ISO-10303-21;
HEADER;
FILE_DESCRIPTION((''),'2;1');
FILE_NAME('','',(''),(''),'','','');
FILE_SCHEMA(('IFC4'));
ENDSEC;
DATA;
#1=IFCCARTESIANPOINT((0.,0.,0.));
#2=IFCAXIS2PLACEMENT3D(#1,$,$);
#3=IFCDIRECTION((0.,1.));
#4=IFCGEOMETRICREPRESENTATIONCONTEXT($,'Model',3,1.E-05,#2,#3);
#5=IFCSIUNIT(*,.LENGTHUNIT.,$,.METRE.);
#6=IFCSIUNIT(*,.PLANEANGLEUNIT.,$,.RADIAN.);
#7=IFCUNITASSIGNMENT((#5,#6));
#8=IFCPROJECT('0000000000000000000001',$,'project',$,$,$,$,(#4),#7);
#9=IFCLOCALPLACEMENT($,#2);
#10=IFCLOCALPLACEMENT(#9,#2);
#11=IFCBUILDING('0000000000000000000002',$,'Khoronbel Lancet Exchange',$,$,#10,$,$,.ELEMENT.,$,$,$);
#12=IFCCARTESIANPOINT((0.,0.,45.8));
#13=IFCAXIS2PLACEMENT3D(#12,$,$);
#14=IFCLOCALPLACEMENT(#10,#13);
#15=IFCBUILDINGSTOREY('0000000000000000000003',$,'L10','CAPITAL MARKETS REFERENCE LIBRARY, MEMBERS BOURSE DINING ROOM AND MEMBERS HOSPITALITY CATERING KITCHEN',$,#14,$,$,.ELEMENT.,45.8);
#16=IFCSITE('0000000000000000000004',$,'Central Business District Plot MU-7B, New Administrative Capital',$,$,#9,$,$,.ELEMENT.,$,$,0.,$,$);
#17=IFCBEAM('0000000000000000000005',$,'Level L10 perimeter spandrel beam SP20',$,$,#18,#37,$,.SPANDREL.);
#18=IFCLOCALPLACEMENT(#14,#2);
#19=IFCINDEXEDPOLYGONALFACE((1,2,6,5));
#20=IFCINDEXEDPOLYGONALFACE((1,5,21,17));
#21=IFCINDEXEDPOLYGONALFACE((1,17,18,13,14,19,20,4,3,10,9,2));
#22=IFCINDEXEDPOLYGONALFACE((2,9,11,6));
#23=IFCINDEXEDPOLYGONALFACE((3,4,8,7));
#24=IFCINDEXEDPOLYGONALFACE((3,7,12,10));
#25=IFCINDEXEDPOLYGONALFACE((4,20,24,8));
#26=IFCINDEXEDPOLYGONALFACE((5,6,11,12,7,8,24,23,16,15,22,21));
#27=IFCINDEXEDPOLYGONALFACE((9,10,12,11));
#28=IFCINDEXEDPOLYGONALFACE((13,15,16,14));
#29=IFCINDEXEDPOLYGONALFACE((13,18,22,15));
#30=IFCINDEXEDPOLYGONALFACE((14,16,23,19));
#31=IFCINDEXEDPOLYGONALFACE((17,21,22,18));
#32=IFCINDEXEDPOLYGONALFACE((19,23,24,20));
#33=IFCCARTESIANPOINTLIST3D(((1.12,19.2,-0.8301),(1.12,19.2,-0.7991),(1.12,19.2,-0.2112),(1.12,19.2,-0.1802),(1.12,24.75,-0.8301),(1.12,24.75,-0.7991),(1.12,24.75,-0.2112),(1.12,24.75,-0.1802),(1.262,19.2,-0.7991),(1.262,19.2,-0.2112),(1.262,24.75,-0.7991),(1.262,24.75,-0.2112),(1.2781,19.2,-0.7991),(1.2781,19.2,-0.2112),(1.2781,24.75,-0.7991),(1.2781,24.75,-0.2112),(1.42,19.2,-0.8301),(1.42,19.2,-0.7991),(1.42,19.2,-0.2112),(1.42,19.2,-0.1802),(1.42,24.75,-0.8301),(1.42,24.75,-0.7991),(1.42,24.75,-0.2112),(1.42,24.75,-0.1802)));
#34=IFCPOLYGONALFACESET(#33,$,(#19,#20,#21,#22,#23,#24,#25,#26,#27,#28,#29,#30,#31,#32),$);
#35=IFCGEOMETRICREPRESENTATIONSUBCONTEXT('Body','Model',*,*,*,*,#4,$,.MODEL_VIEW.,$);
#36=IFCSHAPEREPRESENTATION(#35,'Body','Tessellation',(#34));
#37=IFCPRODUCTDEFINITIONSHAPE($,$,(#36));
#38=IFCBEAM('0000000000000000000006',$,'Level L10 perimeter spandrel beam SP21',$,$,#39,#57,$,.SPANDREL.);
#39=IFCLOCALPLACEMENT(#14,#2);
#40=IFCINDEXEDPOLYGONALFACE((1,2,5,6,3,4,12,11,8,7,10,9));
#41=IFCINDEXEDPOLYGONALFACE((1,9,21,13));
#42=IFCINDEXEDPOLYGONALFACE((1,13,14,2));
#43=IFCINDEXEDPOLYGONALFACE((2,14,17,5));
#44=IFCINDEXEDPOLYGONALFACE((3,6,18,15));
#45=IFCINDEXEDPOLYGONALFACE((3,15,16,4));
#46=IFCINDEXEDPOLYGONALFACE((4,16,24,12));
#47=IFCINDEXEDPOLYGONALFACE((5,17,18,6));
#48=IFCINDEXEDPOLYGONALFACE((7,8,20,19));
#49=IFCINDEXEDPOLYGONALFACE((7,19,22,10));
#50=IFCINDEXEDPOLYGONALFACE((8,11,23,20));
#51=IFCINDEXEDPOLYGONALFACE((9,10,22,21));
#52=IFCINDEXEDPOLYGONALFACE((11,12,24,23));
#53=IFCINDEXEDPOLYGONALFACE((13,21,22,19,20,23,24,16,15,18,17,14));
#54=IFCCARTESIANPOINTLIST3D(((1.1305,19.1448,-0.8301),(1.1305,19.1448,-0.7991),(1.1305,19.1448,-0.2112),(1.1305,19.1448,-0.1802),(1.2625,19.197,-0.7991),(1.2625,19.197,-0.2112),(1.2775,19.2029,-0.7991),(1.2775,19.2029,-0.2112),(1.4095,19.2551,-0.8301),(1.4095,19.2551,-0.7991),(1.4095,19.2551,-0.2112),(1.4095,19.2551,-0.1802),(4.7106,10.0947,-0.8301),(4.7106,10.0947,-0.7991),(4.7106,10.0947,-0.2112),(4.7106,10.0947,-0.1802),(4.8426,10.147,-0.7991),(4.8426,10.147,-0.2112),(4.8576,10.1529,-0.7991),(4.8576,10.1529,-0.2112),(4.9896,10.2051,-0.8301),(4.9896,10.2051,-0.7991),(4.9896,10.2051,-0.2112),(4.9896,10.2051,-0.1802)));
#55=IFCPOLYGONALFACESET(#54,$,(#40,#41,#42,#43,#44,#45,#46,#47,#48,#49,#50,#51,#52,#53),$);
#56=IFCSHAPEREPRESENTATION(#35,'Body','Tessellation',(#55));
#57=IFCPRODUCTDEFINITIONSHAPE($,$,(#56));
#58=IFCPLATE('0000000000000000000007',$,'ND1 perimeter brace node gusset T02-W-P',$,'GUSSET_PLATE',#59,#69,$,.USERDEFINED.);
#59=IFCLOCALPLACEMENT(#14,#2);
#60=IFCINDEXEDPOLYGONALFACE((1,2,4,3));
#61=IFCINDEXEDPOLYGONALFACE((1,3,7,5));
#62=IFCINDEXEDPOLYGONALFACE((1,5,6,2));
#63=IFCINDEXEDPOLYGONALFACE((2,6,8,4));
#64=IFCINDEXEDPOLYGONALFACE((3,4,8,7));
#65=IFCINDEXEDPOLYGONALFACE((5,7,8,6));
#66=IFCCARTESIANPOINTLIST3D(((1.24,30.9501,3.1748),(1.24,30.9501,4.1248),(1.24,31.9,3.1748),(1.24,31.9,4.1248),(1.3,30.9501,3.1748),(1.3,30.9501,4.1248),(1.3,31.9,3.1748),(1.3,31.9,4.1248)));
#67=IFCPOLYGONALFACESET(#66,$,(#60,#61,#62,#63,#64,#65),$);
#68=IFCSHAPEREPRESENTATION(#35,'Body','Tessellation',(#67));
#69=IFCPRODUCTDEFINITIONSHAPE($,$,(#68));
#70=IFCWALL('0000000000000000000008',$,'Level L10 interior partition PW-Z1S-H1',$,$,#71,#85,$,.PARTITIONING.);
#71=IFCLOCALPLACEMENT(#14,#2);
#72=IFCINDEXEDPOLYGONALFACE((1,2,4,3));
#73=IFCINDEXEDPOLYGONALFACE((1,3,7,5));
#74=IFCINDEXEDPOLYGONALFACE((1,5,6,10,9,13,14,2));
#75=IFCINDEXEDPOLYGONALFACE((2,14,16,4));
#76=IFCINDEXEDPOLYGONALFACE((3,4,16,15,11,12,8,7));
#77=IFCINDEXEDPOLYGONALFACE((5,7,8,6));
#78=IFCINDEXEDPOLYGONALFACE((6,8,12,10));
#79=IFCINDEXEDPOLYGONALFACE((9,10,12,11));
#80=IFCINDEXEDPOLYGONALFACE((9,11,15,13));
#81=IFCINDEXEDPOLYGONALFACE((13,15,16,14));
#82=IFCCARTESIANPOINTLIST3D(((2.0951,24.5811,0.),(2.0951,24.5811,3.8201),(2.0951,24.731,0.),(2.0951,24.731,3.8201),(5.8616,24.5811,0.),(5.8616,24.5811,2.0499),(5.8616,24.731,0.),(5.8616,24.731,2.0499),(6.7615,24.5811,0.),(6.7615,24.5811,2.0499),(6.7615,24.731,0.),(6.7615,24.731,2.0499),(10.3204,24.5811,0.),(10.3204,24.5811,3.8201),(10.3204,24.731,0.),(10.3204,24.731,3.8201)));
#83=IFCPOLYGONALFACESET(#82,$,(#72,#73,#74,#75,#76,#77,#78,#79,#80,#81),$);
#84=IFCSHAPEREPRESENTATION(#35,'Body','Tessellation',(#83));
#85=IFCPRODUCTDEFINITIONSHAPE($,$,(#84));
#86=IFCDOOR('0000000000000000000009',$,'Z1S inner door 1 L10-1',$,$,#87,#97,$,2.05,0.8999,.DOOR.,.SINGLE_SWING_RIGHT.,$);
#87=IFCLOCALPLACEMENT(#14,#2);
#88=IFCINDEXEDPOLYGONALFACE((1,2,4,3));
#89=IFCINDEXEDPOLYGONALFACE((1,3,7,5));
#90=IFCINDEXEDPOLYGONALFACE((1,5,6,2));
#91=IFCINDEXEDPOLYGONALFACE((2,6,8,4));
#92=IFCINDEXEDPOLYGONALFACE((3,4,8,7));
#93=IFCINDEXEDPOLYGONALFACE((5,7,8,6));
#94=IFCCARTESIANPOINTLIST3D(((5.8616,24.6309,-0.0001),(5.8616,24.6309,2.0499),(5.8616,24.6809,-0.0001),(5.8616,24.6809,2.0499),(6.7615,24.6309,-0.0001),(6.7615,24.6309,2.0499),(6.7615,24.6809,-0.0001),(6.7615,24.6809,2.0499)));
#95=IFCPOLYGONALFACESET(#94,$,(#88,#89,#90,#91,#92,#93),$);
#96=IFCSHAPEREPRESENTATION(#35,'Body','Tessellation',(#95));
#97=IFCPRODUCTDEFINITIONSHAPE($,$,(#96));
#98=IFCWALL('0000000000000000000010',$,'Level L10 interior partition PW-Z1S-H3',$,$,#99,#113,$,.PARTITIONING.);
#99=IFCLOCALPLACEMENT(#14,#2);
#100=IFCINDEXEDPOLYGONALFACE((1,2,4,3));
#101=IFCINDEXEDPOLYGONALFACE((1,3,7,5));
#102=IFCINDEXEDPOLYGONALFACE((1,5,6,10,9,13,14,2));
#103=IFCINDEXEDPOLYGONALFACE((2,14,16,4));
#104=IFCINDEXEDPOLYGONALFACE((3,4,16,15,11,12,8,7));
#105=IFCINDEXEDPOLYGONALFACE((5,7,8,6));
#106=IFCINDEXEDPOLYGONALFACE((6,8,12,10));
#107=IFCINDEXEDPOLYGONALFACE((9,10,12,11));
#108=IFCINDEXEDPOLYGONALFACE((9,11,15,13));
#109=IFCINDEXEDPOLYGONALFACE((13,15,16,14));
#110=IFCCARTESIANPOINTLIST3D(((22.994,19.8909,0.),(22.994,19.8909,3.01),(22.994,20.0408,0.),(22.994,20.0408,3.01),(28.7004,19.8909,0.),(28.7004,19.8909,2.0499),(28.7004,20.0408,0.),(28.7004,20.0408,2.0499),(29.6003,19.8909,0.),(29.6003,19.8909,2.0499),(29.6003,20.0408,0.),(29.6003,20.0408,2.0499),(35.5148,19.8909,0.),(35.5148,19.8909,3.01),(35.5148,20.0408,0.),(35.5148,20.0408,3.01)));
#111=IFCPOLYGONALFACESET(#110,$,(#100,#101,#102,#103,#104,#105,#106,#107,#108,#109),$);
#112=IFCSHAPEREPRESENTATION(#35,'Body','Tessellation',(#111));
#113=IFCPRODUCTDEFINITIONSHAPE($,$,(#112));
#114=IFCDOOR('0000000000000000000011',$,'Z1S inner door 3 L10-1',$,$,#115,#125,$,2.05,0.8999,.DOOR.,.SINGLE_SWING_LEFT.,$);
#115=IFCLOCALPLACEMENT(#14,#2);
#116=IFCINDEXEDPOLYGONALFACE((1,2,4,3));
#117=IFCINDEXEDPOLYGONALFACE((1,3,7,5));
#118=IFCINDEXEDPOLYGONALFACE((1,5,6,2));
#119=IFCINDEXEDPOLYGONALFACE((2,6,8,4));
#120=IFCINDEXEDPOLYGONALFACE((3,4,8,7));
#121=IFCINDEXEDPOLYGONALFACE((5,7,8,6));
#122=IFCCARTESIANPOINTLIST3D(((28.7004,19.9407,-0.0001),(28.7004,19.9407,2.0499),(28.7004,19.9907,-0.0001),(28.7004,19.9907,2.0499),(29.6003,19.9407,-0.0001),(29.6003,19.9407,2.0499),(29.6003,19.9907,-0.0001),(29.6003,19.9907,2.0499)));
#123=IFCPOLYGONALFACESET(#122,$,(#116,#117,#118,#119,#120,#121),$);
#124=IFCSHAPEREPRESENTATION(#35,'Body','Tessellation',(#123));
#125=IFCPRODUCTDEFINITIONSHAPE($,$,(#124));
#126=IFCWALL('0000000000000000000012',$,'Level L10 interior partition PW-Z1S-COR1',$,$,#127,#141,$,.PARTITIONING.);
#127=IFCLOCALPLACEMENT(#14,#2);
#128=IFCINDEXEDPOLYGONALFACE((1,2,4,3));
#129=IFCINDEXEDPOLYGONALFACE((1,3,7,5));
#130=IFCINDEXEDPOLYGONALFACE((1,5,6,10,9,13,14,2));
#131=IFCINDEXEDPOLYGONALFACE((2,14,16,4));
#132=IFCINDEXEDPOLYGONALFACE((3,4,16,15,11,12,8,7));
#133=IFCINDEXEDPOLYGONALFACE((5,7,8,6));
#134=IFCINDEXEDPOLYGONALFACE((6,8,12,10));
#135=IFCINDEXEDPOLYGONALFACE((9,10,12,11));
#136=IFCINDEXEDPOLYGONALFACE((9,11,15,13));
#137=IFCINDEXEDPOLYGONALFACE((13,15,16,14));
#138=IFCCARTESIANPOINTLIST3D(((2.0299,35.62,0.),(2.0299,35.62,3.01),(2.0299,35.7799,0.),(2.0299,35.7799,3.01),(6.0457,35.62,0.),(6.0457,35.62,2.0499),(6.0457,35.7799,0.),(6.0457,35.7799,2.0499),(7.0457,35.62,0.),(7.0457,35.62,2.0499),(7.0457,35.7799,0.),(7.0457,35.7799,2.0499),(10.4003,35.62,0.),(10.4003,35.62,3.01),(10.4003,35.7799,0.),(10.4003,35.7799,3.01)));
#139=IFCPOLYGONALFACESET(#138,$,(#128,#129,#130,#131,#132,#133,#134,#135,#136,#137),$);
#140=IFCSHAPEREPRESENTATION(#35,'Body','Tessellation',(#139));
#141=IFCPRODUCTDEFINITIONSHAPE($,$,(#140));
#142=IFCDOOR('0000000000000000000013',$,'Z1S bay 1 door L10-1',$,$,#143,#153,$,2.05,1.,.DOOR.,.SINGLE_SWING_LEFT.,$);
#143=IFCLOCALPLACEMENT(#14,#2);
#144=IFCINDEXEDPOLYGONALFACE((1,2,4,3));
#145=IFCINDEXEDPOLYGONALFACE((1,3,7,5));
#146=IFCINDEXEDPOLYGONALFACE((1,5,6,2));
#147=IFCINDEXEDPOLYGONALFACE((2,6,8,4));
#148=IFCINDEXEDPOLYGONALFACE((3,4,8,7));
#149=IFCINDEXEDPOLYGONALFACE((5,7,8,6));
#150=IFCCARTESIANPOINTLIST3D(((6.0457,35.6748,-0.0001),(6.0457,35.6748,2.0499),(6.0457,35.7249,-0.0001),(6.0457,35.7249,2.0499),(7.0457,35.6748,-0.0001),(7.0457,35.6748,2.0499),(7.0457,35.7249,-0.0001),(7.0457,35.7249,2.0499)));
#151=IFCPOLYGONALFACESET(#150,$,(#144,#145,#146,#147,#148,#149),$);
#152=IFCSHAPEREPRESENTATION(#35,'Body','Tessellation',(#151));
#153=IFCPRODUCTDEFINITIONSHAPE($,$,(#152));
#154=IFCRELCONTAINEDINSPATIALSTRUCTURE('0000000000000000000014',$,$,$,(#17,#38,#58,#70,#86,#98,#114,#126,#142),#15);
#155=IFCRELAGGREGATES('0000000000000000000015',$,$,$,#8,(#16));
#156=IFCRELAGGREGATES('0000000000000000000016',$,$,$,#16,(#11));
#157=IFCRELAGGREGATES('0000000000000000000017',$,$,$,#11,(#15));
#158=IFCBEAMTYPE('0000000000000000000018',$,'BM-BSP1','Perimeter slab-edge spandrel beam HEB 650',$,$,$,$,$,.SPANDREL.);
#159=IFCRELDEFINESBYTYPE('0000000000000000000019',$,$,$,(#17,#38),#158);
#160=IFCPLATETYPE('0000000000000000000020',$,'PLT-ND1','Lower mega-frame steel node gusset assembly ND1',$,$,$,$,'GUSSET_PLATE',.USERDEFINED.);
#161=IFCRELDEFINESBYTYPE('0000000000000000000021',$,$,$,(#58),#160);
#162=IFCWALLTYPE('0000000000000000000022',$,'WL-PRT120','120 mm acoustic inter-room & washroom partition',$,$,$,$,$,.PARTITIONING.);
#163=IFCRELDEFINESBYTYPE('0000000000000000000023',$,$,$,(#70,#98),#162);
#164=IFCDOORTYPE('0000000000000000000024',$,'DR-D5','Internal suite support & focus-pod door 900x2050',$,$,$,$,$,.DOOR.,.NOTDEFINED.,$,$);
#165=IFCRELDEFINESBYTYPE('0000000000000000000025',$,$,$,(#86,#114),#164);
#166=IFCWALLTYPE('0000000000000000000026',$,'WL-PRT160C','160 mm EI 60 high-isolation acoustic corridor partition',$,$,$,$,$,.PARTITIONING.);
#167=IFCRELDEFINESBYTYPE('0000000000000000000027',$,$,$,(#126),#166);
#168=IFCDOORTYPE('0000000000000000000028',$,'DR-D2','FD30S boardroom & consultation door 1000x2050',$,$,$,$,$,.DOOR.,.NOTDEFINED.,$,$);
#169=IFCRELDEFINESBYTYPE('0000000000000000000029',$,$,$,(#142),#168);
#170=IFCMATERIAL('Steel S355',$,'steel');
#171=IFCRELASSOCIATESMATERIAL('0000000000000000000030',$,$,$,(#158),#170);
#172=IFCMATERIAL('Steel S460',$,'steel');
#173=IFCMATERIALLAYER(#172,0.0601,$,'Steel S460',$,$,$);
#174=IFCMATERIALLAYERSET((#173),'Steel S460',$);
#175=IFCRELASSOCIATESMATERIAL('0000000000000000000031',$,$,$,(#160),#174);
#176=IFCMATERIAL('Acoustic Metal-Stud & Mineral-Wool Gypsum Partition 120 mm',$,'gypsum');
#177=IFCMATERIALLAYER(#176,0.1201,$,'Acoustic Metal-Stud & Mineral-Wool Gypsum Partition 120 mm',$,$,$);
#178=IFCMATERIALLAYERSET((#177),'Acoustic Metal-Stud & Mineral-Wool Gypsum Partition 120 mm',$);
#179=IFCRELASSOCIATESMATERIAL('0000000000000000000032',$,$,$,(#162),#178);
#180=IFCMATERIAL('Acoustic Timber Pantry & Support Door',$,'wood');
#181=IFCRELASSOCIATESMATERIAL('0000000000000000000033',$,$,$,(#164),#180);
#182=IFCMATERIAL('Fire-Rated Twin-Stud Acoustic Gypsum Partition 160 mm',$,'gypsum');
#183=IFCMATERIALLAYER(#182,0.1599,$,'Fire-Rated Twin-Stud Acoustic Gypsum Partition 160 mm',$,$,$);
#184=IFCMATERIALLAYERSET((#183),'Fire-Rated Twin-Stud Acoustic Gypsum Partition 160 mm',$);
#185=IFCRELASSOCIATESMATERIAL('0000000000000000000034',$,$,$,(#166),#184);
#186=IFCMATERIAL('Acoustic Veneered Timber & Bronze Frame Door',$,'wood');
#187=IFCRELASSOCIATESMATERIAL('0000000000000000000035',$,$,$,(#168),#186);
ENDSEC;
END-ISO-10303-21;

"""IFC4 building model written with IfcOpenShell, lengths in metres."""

from ifc_helpers import new_model, si_unit, direction, frame, frame_2d, origin, origin_2d, place, context, subcontext, project, spatial, rectangle, i_section, extrude, material, layer, layer_set, material_profile, profile_set, type_object, element, fill, save


model = new_model("IFC4")

# Units and contexts
model_context = context("Model", 3, precision=1e-05, world=origin(), true_north=direction((0.0, 1.0)))
body_context = subcontext(model_context, "Body", "Model", "MODEL_VIEW")
ifc_project = project(units=[si_unit("LENGTHUNIT", "METRE"), si_unit("PLANEANGLEUNIT", "RADIAN")], contexts=[model_context])

# Site, building, storey
site_placement = place(None, origin())
site = spatial("IfcSite", under=ifc_project, at=site_placement, Name="Central Business District Plot MU-7B, New Administrative Capital", CompositionType="ELEMENT", RefElevation=0.0)
building_placement = place(site_placement, origin())
building = spatial("IfcBuilding", under=site, at=building_placement, Name="Khoronbel Lancet Exchange", CompositionType="ELEMENT")
storey_placement = place(building_placement, frame((0.0, 0.0, 45.8)))
storey = spatial("IfcBuildingStorey", under=building, at=storey_placement, Name="L10", Description="CAPITAL MARKETS REFERENCE LIBRARY, MEMBERS BOURSE DINING ROOM AND MEMBERS HOSPITALITY CATERING KITCHEN", CompositionType="ELEMENT", Elevation=45.8)

# Shared definitions
ifc_material_1 = material(Name="Steel S355", Category="steel")

# Beams
ifc_material_profile_1 = material_profile(ifc_material_1, i_section(OverallWidth=0.3, OverallDepth=0.6499, WebThickness=0.0161, FlangeThickness=0.031, at=origin_2d()), Name="HEB 650")
ifc_profile_set_1 = profile_set([ifc_material_profile_1], Name="Steel S355")
beam_type_1 = type_object("IfcBeamType", Name="BM-BSP1", Description="Perimeter slab-edge spandrel beam HEB 650", PredefinedType="SPANDREL", material=ifc_profile_set_1)
beam_1_placement = place(storey_placement, frame((1.27, 24.75, -0.5051), z_axis=(0.0, -1.0, 0.0), x_axis=(1.0, 0.0, 0.0)))
element("IfcBeam", 1, at=beam_1_placement, inside=storey, type_object=beam_type_1, Name="Level L10 perimeter spandrel beam SP20", PredefinedType="SPANDREL", context=body_context, shape_type="SweptSolid", body=[
    extrude(i_section(OverallWidth=0.3, OverallDepth=0.6499, WebThickness=0.0161, FlangeThickness=0.031, at=origin_2d()), origin(), (0.0, 0.0, 1.0), 5.55),
])
beam_2_placement = place(storey_placement, frame((1.27, 19.2, -0.5051), z_axis=(0.36785, -0.929885, 0.0), x_axis=(0.929885, 0.36785, 0.0)))
element("IfcBeam", 2, at=beam_2_placement, inside=storey, type_object=beam_type_1, Name="Level L10 perimeter spandrel beam SP21", PredefinedType="SPANDREL", context=body_context, shape_type="SweptSolid", body=[
    extrude(i_section(OverallWidth=0.3, OverallDepth=0.6499, WebThickness=0.0161, FlangeThickness=0.031, at=origin_2d()), origin(), (0.0, 0.0, 1.0), 9.7324),
])

# Plate
ifc_material_2 = material(Name="Steel S460", Category="steel")
ifc_layer_1 = layer(ifc_material_2, 0.0601, Name="Steel S460")
ifc_layer_set_1 = layer_set([ifc_layer_1], Name="Steel S460")
plate_type = type_object("IfcPlateType", Name="PLT-ND1", Description="Lower mega-frame steel node gusset assembly ND1", ElementType="GUSSET_PLATE", PredefinedType="USERDEFINED", material=ifc_layer_set_1)
plate_placement = place(storey_placement, frame((1.27, 31.425, 3.1748), z_axis=(0.0, 0.0, 1.0), x_axis=(0.0, 1.0, 0.0)))
element("IfcPlate", 3, at=plate_placement, inside=storey, type_object=plate_type, Name="ND1 perimeter brace node gusset T02-W-P", ObjectType="GUSSET_PLATE", PredefinedType="USERDEFINED", context=body_context, shape_type="SweptSolid", body=[
    extrude(rectangle(XDim=0.95, YDim=0.0601, at=origin_2d()), origin(), (0.0, 0.0, 1.0), 0.95),
])

# Walls, openings, doors
ifc_material_3 = material(Name="Acoustic Metal-Stud & Mineral-Wool Gypsum Partition 120 mm", Category="gypsum")
ifc_layer_2 = layer(ifc_material_3, 0.1201, Name="Acoustic Metal-Stud & Mineral-Wool Gypsum Partition 120 mm")
ifc_layer_set_2 = layer_set([ifc_layer_2], Name="Acoustic Metal-Stud & Mineral-Wool Gypsum Partition 120 mm")
wall_type_1 = type_object("IfcWallType", Name="WL-PRT120", Description="120 mm acoustic inter-room & washroom partition", PredefinedType="PARTITIONING", material=ifc_layer_set_2)
wall_1_placement = place(storey_placement, frame((2.095, 24.656, 0.0), z_axis=(0.0, 0.0, 1.0), x_axis=(1.0, 0.0, 0.0)))
wall_1 = element("IfcWall", 4, at=wall_1_placement, inside=storey, type_object=wall_type_1, Name="Level L10 interior partition PW-Z1S-H1", PredefinedType="PARTITIONING", context=body_context, shape_type="SweptSolid", body=[
    extrude(rectangle(XDim=8.2253, YDim=0.1499, at=frame_2d((4.1128, 0.0))), origin(), (0.0, 0.0, 1.0), 3.8201),
])
opening_1_placement = place(wall_1_placement, frame((3.7666, 0.0, 0.0)))
opening_1 = element("IfcOpeningElement", 5, at=opening_1_placement, cuts=wall_1, PredefinedType="OPENING", context=body_context, shape_type="SweptSolid", body=[
    extrude(rectangle(XDim=0.8999, YDim=2.05, at=frame_2d((0.45, 1.0249))), frame((0.0, 0.085, 0.0), z_axis=(0.0, -1.0, 0.0), x_axis=(1.0, 0.0, 0.0)), (0.0, 0.0, 1.0), 0.1699),
])
ifc_material_4 = material(Name="Acoustic Timber Pantry & Support Door", Category="wood")
door_type_1 = type_object("IfcDoorType", Name="DR-D5", Description="Internal suite support & focus-pod door 900x2050", OperationType="NOTDEFINED", PredefinedType="DOOR", material=ifc_material_4)
door_1_placement = place(opening_1_placement, origin())
door_1 = element("IfcDoor", 6, at=door_1_placement, inside=storey, type_object=door_type_1, Name="Z1S inner door 1 L10-1", OperationType="SINGLE_SWING_RIGHT", OverallHeight=2.05, OverallWidth=0.8999, PredefinedType="DOOR", context=body_context, shape_type="SweptSolid", body=[
    extrude(rectangle(XDim=0.8999, YDim=2.05, at=frame_2d((0.45, 1.0249))), frame((0.0, 0.0249, 0.0), z_axis=(0.0, -1.0, 0.0), x_axis=(1.0, 0.0, 0.0)), (0.0, 0.0, 1.0), 0.05),
])
fill(opening_1, door_1)
wall_2_placement = place(storey_placement, frame((22.9941, 19.9658, 0.0), z_axis=(0.0, 0.0, 1.0), x_axis=(1.0, 0.0, 0.0)))
wall_2 = element("IfcWall", 7, at=wall_2_placement, inside=storey, type_object=wall_type_1, Name="Level L10 interior partition PW-Z1S-H3", PredefinedType="PARTITIONING", context=body_context, shape_type="SweptSolid", body=[
    extrude(rectangle(XDim=12.5208, YDim=0.1499, at=frame_2d((6.2603, 0.0))), origin(), (0.0, 0.0, 1.0), 3.01),
])
opening_2_placement = place(wall_2_placement, frame((5.7063, 0.0, 0.0)))
opening_2 = element("IfcOpeningElement", 8, at=opening_2_placement, cuts=wall_2, PredefinedType="OPENING", context=body_context, shape_type="SweptSolid", body=[
    extrude(rectangle(XDim=0.8999, YDim=2.05, at=frame_2d((0.45, 1.0249))), frame((0.0, 0.085, 0.0), z_axis=(0.0, -1.0, 0.0), x_axis=(1.0, 0.0, 0.0)), (0.0, 0.0, 1.0), 0.1699),
])
door_2_placement = place(opening_2_placement, origin())
door_2 = element("IfcDoor", 9, at=door_2_placement, inside=storey, type_object=door_type_1, Name="Z1S inner door 3 L10-1", OperationType="SINGLE_SWING_LEFT", OverallHeight=2.05, OverallWidth=0.8999, PredefinedType="DOOR", context=body_context, shape_type="SweptSolid", body=[
    extrude(rectangle(XDim=0.8999, YDim=2.05, at=frame_2d((0.45, 1.0249))), frame((0.0, 0.0249, 0.0), z_axis=(0.0, -1.0, 0.0), x_axis=(1.0, 0.0, 0.0)), (0.0, 0.0, 1.0), 0.05),
])
fill(opening_2, door_2)
ifc_material_5 = material(Name="Fire-Rated Twin-Stud Acoustic Gypsum Partition 160 mm", Category="gypsum")
ifc_layer_3 = layer(ifc_material_5, 0.1599, Name="Fire-Rated Twin-Stud Acoustic Gypsum Partition 160 mm")
ifc_layer_set_3 = layer_set([ifc_layer_3], Name="Fire-Rated Twin-Stud Acoustic Gypsum Partition 160 mm")
wall_type_2 = type_object("IfcWallType", Name="WL-PRT160C", Description="160 mm EI 60 high-isolation acoustic corridor partition", PredefinedType="PARTITIONING", material=ifc_layer_set_3)
wall_3_placement = place(storey_placement, frame((2.03, 35.7, 0.0), z_axis=(0.0, 0.0, 1.0), x_axis=(1.0, 0.0, 0.0)))
wall_3 = element("IfcWall", 10, at=wall_3_placement, inside=storey, type_object=wall_type_2, Name="Level L10 interior partition PW-Z1S-COR1", PredefinedType="PARTITIONING", context=body_context, shape_type="SweptSolid", body=[
    extrude(rectangle(XDim=8.3704, YDim=0.1599, at=frame_2d((4.1851, 0.0))), origin(), (0.0, 0.0, 1.0), 3.01),
])
opening_3_placement = place(wall_3_placement, frame((4.0156, 0.0, 0.0)))
opening_3 = element("IfcOpeningElement", 11, at=opening_3_placement, cuts=wall_3, PredefinedType="OPENING", context=body_context, shape_type="SweptSolid", body=[
    extrude(rectangle(XDim=1.0, YDim=2.05, at=frame_2d((0.5, 1.0249))), frame((0.0, 0.0898, 0.0), z_axis=(0.0, -1.0, 0.0), x_axis=(1.0, 0.0, 0.0)), (0.0, 0.0, 1.0), 0.1799),
])
ifc_material_6 = material(Name="Acoustic Veneered Timber & Bronze Frame Door", Category="wood")
door_type_2 = type_object("IfcDoorType", Name="DR-D2", Description="FD30S boardroom & consultation door 1000x2050", OperationType="NOTDEFINED", PredefinedType="DOOR", material=ifc_material_6)
door_3_placement = place(opening_3_placement, origin())
door_3 = element("IfcDoor", 12, at=door_3_placement, inside=storey, type_object=door_type_2, Name="Z1S bay 1 door L10-1", OperationType="SINGLE_SWING_LEFT", OverallHeight=2.05, OverallWidth=1.0, PredefinedType="DOOR", context=body_context, shape_type="SweptSolid", body=[
    extrude(rectangle(XDim=1.0, YDim=2.05, at=frame_2d((0.5, 1.0249))), frame((0.0, 0.0249, 0.0), z_axis=(0.0, -1.0, 0.0), x_axis=(1.0, 0.0, 0.0)), (0.0, 0.0, 1.0), 0.05),
])
fill(opening_3, door_3)

save(model, "model.ifc")
